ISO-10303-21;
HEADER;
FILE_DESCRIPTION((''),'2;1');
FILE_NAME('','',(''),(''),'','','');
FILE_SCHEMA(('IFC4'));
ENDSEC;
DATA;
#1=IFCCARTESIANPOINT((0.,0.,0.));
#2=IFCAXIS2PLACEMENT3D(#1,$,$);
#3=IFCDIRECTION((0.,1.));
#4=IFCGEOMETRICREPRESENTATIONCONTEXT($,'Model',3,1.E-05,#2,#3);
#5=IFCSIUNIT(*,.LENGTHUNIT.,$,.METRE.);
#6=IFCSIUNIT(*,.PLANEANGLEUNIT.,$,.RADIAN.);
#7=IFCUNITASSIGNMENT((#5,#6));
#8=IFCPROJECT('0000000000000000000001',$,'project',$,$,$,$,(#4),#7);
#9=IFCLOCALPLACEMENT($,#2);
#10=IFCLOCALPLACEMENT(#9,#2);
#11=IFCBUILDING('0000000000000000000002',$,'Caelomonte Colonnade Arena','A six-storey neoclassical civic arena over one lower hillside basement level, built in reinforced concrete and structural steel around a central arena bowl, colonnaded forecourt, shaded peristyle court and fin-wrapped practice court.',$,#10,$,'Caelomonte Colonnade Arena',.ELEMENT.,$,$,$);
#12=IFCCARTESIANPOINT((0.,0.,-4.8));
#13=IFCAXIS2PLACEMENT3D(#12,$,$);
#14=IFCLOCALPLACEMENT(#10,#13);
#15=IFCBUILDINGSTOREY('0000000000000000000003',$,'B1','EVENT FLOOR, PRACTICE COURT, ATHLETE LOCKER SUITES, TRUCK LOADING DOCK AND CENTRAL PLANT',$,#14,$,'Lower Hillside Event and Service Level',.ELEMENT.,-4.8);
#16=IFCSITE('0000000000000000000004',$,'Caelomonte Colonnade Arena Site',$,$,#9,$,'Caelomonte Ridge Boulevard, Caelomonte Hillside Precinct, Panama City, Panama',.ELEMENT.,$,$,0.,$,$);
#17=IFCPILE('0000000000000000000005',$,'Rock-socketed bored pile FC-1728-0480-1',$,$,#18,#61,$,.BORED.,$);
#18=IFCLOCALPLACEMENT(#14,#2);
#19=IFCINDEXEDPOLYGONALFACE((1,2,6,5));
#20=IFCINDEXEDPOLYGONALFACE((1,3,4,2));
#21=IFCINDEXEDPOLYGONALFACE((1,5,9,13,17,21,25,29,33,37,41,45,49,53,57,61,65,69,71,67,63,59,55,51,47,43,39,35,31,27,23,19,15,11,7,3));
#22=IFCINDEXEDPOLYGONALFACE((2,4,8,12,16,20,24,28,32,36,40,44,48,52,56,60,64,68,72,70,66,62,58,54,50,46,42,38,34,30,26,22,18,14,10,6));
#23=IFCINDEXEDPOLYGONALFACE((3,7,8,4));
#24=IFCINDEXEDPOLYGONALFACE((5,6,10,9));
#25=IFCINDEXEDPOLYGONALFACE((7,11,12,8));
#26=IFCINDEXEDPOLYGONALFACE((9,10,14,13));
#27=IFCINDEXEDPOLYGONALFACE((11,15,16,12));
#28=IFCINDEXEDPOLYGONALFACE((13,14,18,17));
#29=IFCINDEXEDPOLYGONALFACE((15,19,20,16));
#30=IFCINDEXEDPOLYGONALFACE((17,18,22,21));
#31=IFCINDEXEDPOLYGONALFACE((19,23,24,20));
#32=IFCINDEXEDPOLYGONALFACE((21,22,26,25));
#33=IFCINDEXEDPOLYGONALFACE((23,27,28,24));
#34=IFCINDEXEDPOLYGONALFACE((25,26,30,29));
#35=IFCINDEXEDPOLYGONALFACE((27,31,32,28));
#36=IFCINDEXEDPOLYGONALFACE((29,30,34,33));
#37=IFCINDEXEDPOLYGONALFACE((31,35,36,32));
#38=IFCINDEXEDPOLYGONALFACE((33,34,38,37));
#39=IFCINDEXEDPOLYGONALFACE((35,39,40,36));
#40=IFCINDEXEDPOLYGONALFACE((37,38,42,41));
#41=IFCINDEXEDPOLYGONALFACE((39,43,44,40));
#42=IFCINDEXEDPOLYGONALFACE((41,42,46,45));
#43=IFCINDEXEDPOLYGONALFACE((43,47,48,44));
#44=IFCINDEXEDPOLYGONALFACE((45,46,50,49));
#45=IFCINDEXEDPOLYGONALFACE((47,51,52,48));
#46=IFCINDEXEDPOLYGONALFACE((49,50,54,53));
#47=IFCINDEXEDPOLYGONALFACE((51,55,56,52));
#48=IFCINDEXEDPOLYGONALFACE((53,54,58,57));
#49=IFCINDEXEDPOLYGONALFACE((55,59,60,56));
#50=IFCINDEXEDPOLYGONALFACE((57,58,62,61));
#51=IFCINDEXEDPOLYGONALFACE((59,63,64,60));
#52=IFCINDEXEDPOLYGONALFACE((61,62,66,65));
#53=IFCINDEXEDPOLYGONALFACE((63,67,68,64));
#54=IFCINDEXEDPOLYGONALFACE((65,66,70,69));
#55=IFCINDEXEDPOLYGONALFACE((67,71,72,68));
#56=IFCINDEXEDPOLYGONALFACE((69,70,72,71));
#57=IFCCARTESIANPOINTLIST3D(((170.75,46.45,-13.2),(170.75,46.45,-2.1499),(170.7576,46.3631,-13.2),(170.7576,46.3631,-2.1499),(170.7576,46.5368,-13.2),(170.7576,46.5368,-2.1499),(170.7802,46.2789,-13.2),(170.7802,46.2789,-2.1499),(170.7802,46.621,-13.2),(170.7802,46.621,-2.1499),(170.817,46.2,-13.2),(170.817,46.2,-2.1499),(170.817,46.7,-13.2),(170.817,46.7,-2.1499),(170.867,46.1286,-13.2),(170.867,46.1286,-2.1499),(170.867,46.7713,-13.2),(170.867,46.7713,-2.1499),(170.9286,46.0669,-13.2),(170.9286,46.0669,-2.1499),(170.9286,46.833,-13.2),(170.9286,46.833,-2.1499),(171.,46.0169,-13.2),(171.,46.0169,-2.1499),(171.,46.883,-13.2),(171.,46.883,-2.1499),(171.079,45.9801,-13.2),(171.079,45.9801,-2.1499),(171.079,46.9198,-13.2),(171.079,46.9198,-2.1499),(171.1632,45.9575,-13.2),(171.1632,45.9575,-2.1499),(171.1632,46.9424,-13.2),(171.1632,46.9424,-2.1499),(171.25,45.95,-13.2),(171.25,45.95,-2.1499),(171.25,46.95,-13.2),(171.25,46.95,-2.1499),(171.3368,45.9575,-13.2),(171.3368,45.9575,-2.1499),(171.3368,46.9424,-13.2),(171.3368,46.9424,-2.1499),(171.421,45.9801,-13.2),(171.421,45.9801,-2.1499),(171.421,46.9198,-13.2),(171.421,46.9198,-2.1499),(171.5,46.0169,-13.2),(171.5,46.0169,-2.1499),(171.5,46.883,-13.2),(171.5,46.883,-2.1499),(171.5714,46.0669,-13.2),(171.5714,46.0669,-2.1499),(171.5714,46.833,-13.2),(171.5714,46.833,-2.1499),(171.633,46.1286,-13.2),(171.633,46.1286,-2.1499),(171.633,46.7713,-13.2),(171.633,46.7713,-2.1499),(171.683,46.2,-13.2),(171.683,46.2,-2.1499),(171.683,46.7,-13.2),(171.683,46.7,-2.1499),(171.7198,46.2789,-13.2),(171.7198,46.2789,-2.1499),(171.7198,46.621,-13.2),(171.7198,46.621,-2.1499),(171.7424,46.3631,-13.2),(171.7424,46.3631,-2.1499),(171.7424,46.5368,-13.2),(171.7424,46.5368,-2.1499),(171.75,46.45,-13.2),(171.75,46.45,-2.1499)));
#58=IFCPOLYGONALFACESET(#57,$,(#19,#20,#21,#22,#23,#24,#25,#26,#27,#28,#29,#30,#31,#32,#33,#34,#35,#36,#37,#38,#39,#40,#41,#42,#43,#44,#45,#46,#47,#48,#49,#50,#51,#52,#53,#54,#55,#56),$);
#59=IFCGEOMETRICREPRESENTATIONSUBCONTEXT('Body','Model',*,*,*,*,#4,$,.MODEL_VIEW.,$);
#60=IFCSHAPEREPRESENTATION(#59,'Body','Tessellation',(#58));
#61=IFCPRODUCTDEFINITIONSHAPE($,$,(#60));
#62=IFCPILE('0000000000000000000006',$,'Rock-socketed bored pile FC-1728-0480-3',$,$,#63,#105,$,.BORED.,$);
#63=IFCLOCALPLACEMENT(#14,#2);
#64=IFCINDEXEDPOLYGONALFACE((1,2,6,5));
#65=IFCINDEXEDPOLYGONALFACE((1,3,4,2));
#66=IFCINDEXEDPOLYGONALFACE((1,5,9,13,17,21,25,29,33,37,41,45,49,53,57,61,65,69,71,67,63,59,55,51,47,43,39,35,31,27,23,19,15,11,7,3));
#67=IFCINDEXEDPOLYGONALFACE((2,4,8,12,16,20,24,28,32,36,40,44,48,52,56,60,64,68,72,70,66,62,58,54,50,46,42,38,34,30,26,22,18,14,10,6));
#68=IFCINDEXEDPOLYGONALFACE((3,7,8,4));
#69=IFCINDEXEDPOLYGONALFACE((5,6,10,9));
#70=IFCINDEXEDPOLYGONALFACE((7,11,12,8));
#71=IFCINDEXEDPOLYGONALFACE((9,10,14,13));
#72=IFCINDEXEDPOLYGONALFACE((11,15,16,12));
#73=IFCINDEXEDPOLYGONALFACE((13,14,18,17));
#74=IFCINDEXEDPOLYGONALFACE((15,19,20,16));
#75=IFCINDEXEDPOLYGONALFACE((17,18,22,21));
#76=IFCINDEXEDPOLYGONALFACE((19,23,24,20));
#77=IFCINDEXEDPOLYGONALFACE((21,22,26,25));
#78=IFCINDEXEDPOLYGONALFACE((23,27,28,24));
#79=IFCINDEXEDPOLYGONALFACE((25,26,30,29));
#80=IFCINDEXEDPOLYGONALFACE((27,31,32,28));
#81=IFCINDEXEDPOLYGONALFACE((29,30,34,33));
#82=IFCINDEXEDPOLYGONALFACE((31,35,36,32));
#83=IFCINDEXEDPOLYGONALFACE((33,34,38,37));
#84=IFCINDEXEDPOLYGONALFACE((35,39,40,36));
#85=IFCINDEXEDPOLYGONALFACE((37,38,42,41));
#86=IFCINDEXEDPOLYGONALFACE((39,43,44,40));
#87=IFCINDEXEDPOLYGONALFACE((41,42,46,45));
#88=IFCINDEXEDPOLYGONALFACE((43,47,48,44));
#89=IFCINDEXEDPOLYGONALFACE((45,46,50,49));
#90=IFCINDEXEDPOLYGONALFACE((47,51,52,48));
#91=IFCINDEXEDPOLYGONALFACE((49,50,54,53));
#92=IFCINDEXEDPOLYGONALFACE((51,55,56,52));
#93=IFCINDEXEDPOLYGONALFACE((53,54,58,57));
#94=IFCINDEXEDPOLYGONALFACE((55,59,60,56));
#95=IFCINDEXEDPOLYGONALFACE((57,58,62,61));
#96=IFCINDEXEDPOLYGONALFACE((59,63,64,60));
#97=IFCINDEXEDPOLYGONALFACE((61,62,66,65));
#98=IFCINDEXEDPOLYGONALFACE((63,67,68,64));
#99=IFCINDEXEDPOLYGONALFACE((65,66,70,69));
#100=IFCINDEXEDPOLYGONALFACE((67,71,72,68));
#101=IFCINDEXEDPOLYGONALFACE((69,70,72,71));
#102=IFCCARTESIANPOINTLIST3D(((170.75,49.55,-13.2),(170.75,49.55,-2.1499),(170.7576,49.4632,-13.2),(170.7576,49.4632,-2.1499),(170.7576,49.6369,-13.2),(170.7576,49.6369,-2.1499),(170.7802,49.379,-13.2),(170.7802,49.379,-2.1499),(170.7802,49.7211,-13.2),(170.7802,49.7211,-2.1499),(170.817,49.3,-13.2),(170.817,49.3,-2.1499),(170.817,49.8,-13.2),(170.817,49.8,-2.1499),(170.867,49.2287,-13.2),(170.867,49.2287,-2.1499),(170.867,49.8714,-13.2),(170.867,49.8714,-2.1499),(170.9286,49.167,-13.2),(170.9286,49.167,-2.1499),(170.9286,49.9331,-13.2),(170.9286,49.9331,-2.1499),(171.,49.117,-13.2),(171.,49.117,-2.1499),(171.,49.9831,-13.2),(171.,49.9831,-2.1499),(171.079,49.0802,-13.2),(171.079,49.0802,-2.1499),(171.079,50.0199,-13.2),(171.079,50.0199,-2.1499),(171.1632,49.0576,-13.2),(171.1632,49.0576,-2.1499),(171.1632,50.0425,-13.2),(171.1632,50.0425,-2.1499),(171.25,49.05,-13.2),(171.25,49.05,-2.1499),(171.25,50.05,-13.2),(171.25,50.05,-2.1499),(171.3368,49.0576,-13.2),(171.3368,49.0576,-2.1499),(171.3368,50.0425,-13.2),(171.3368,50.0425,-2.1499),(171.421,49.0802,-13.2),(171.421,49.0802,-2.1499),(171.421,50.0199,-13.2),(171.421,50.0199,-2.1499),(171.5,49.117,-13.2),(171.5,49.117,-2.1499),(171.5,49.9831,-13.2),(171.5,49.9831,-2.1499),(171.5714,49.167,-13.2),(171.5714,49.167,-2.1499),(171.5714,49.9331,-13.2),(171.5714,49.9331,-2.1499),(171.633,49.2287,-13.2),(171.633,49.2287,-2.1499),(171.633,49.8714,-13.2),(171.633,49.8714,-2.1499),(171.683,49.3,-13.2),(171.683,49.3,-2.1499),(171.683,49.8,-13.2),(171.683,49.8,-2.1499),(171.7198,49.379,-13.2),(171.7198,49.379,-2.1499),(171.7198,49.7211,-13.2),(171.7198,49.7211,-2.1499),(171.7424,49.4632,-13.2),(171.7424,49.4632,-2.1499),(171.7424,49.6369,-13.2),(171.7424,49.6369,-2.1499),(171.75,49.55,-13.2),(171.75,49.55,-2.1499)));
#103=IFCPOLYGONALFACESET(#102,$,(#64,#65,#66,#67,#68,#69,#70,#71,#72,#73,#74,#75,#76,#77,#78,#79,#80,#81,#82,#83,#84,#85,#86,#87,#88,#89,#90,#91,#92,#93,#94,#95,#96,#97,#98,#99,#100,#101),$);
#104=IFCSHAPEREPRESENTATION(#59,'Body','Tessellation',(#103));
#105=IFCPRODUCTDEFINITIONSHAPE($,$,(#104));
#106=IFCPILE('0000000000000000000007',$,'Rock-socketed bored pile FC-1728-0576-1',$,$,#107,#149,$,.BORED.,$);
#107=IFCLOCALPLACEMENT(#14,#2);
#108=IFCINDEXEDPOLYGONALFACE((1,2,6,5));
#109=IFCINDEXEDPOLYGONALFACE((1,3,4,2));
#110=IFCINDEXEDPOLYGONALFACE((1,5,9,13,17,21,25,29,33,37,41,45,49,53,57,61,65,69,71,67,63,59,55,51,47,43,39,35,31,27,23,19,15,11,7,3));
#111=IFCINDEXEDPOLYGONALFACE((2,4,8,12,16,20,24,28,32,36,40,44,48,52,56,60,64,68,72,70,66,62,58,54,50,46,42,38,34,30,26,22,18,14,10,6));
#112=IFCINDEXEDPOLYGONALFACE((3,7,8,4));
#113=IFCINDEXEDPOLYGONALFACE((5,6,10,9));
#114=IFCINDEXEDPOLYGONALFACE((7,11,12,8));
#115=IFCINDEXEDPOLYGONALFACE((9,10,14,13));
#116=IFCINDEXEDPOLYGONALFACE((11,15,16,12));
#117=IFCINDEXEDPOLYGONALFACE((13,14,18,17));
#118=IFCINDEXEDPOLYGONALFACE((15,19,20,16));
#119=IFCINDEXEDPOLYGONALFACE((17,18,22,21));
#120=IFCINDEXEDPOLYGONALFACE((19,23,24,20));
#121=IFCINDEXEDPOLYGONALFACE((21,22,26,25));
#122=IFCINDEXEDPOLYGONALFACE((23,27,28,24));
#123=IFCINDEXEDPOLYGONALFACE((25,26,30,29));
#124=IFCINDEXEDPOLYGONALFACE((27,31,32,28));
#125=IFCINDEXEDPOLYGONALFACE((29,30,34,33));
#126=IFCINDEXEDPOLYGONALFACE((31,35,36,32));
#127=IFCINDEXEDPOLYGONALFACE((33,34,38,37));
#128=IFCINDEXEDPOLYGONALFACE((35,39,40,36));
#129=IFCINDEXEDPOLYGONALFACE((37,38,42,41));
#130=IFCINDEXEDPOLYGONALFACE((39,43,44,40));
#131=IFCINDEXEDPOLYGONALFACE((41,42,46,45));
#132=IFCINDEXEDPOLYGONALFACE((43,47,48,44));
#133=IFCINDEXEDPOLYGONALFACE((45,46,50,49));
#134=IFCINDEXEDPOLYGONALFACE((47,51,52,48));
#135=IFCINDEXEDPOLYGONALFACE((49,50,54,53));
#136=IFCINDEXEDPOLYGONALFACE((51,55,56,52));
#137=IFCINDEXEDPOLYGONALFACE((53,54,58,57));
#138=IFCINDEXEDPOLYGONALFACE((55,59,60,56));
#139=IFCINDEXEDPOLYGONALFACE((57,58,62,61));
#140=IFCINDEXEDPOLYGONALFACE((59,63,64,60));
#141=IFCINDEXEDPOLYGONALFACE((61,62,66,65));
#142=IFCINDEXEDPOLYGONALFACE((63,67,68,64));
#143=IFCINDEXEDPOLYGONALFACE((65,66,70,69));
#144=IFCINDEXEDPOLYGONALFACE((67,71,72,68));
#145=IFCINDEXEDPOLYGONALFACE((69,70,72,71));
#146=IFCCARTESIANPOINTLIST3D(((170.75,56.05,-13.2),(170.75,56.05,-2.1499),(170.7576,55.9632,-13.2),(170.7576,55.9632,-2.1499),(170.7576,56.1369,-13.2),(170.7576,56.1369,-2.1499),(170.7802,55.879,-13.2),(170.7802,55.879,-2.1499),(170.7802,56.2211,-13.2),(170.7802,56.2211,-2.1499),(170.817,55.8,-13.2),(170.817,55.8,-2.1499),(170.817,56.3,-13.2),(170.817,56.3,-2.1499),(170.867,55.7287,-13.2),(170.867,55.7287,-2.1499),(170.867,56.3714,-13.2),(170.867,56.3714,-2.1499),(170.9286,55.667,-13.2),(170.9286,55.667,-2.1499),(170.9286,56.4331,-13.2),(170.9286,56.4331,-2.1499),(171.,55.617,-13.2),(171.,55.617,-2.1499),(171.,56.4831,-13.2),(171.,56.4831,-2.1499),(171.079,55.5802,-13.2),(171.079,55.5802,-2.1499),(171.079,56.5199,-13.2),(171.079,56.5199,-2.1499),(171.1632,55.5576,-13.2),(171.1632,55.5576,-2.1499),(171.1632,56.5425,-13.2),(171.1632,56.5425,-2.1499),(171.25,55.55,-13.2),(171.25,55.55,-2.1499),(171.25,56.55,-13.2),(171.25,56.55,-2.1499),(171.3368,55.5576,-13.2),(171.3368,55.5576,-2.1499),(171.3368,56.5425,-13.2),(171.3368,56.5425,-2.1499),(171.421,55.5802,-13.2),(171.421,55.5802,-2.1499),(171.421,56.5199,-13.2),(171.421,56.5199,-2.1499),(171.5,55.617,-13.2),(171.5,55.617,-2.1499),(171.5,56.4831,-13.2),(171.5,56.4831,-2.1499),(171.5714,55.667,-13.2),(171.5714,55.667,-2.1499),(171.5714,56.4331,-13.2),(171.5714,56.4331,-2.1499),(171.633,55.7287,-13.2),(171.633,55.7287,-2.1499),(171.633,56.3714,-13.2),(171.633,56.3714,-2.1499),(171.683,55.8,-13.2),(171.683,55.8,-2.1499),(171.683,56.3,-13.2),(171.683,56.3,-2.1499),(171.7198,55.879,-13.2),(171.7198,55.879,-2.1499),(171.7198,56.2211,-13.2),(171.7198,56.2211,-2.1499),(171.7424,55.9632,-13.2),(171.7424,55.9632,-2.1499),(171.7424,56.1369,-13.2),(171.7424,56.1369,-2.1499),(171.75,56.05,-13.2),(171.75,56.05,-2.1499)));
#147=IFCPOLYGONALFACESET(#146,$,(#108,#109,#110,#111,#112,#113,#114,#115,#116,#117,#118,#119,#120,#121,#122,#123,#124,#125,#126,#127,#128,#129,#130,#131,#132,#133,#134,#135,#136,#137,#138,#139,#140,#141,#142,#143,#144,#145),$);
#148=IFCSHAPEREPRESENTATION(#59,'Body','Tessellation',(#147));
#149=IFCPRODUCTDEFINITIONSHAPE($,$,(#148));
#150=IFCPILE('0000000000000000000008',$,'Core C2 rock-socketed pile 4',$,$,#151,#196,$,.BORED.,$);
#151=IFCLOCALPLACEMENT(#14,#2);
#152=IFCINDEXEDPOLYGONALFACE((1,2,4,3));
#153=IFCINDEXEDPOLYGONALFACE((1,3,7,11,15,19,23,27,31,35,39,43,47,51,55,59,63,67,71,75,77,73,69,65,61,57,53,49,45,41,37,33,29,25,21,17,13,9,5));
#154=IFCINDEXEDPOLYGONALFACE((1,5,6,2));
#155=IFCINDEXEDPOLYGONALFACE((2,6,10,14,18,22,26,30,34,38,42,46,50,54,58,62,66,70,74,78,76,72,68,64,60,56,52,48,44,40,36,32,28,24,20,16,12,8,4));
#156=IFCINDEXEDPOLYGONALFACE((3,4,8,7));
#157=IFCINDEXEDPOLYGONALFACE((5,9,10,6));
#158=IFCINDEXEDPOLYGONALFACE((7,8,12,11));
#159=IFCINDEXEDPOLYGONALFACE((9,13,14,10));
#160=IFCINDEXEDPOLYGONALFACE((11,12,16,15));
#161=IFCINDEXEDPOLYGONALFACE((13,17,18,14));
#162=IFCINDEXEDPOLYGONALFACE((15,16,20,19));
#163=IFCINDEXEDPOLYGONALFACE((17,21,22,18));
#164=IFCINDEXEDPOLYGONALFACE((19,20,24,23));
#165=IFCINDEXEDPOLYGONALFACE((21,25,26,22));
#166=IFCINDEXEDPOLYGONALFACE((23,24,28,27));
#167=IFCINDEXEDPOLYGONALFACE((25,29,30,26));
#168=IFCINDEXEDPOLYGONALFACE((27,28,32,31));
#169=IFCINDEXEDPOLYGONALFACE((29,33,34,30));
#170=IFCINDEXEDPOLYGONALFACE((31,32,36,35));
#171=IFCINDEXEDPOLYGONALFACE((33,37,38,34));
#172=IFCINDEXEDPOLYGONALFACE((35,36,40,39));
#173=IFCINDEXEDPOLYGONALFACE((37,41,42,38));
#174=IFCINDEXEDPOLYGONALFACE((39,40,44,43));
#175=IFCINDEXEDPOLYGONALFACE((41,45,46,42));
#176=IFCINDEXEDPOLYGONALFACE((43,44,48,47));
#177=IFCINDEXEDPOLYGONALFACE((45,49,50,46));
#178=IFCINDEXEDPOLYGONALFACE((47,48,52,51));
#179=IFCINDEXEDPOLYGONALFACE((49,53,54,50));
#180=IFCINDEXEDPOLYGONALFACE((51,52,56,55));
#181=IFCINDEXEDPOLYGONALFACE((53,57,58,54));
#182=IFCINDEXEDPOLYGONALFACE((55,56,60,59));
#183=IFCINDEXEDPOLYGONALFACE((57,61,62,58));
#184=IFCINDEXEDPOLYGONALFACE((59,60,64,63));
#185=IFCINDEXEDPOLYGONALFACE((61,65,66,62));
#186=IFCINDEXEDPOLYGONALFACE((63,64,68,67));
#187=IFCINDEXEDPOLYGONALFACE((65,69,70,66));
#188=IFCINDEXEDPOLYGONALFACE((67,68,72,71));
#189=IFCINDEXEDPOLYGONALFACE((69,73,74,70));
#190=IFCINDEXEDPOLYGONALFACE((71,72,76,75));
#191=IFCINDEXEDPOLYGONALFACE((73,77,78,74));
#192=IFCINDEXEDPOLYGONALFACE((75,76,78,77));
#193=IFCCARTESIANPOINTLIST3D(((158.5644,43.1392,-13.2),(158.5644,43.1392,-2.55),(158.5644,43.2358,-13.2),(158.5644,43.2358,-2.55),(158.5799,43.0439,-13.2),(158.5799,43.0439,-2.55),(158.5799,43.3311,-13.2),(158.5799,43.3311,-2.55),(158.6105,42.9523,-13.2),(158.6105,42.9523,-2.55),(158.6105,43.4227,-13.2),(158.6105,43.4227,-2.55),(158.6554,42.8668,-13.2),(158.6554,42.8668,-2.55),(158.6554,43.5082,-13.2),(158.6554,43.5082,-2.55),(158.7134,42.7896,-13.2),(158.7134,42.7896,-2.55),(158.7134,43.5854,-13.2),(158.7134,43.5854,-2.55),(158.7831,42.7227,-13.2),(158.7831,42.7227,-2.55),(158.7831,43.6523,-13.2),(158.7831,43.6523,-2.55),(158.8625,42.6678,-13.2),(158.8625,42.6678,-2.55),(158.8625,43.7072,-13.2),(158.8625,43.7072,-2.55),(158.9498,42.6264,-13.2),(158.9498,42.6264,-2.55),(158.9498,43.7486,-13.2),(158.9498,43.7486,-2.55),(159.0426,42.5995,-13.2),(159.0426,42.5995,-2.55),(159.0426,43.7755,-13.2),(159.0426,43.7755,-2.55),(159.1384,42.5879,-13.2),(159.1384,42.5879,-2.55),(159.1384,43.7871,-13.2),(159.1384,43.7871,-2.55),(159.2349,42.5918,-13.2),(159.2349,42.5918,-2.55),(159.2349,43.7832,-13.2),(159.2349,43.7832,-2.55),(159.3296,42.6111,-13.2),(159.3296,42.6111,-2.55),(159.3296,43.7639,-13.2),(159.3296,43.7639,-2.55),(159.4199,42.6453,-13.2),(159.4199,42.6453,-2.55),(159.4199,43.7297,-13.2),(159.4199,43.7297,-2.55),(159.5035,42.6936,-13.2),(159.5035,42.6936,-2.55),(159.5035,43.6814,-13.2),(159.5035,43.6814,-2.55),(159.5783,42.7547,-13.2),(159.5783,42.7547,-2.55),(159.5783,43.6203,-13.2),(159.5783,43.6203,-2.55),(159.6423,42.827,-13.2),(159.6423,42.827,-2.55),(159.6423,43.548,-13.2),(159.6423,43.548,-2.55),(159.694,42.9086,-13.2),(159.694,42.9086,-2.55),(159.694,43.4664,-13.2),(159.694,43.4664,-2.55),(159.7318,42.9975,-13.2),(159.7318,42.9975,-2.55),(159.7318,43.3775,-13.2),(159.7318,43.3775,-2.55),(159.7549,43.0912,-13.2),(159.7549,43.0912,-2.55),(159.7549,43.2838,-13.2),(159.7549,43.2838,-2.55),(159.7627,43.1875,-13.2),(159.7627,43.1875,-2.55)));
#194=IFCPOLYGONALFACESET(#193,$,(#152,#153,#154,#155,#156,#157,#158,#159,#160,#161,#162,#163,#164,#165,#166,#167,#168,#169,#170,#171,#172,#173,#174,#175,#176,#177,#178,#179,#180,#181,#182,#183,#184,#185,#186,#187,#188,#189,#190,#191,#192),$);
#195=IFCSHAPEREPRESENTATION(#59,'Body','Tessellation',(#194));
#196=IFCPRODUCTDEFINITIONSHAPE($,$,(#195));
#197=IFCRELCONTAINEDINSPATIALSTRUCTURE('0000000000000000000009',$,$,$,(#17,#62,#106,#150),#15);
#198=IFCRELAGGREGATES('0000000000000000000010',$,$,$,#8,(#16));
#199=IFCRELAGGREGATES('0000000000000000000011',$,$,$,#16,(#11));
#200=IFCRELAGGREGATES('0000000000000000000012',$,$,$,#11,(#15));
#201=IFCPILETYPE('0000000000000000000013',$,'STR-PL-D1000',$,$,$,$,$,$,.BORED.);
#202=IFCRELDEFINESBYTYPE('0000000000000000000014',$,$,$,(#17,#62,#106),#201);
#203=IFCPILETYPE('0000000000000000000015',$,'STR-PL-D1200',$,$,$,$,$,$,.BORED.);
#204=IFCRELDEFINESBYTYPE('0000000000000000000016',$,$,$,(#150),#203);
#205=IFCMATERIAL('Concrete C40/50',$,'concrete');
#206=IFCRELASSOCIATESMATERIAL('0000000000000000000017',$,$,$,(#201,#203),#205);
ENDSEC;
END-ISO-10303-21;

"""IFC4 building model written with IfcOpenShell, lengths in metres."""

from ifc_helpers import new_model, si_unit, direction, frame, origin, origin_2d, place, context, subcontext, project, spatial, circle, extrude, material, material_profile, profile_set, type_object, element, save


model = new_model("IFC4")

# Units and contexts
model_context = context("Model", 3, precision=1e-05, world=origin(), true_north=direction((0.0, 1.0)))
body_context = subcontext(model_context, "Body", "Model", "MODEL_VIEW")
ifc_project = project(units=[si_unit("LENGTHUNIT", "METRE"), si_unit("PLANEANGLEUNIT", "RADIAN")], contexts=[model_context])

# Site, building, storey
site_placement = place(None, origin())
site = spatial("IfcSite", under=ifc_project, at=site_placement, Name="Caelomonte Colonnade Arena Site", LongName="Caelomonte Ridge Boulevard, Caelomonte Hillside Precinct, Panama City, Panama", CompositionType="ELEMENT", RefElevation=0.0)
building_placement = place(site_placement, origin())
building = spatial("IfcBuilding", under=site, at=building_placement, Name="Caelomonte Colonnade Arena", Description="A six-storey neoclassical civic arena over one lower hillside basement level, built in reinforced concrete and structural steel around a central arena bowl, colonnaded forecourt, shaded peristyle court and fin-wrapped practice court.", LongName="Caelomonte Colonnade Arena", CompositionType="ELEMENT")
storey_placement = place(building_placement, frame((0.0, 0.0, -4.8)))
storey = spatial("IfcBuildingStorey", under=building, at=storey_placement, Name="B1", Description="EVENT FLOOR, PRACTICE COURT, ATHLETE LOCKER SUITES, TRUCK LOADING DOCK AND CENTRAL PLANT", LongName="Lower Hillside Event and Service Level", CompositionType="ELEMENT", Elevation=-4.8)

# Shared definitions
ifc_material_1 = material(Name="Concrete C40/50", Category="concrete")

# Piles
ifc_material_profile_1 = material_profile(ifc_material_1, circle(Radius=0.5, at=origin_2d()), Name="PILE-D1000")
ifc_profile_set_1 = profile_set([ifc_material_profile_1], Name="Concrete C40/50")
pile_type_1 = type_object("IfcPileType", Name="STR-PL-D1000", PredefinedType="BORED", material=ifc_profile_set_1)
for number, where, z_axis, x_axis, name in (
    (1, (171.25, 46.45, -2.1499), (0.0, 0.0, -1.0), (1.0, 0.0, 0.0), "Rock-socketed bored pile FC-1728-0480-1"),
    (2, (171.25, 49.55, -2.1499), (0.0, 0.0, -1.0), (1.0, 0.0, 0.0), "Rock-socketed bored pile FC-1728-0480-3"),
    (3, (171.25, 56.05, -2.1499), (0.0, 0.0, -1.0), (1.0, 0.0, 0.0), "Rock-socketed bored pile FC-1728-0576-1"),
):
    element("IfcPile", number, at=place(storey_placement, frame(where, z_axis=z_axis, x_axis=x_axis)), inside=storey, type_object=pile_type_1, Name=name, PredefinedType="BORED", context=body_context, shape_type="SweptSolid", body=[
        extrude(circle(Radius=0.5, at=origin_2d()), origin(), (0.0, 0.0, 1.0), 11.05),
    ])
ifc_material_profile_2 = material_profile(ifc_material_1, circle(Radius=0.6001, at=origin_2d()), Name="PILE-D1200")
ifc_profile_set_2 = profile_set([ifc_material_profile_2], Name="Concrete C40/50")
pile_type_2 = type_object("IfcPileType", Name="STR-PL-D1200", PredefinedType="BORED", material=ifc_profile_set_2)
for number, where, z_axis, x_axis, name in (
    (4, (159.1626, 43.1875, -2.55), (0.0, 0.0, -1.0), (1.0, 0.0, 0.0), "Core C2 rock-socketed pile 4"),
):
    element("IfcPile", number, at=place(storey_placement, frame(where, z_axis=z_axis, x_axis=x_axis)), inside=storey, type_object=pile_type_2, Name=name, PredefinedType="BORED", context=body_context, shape_type="SweptSolid", body=[
        extrude(circle(Radius=0.6001, at=origin_2d()), origin(), (0.0, 0.0, 1.0), 10.6499),
    ])

save(model, "model.ifc")
